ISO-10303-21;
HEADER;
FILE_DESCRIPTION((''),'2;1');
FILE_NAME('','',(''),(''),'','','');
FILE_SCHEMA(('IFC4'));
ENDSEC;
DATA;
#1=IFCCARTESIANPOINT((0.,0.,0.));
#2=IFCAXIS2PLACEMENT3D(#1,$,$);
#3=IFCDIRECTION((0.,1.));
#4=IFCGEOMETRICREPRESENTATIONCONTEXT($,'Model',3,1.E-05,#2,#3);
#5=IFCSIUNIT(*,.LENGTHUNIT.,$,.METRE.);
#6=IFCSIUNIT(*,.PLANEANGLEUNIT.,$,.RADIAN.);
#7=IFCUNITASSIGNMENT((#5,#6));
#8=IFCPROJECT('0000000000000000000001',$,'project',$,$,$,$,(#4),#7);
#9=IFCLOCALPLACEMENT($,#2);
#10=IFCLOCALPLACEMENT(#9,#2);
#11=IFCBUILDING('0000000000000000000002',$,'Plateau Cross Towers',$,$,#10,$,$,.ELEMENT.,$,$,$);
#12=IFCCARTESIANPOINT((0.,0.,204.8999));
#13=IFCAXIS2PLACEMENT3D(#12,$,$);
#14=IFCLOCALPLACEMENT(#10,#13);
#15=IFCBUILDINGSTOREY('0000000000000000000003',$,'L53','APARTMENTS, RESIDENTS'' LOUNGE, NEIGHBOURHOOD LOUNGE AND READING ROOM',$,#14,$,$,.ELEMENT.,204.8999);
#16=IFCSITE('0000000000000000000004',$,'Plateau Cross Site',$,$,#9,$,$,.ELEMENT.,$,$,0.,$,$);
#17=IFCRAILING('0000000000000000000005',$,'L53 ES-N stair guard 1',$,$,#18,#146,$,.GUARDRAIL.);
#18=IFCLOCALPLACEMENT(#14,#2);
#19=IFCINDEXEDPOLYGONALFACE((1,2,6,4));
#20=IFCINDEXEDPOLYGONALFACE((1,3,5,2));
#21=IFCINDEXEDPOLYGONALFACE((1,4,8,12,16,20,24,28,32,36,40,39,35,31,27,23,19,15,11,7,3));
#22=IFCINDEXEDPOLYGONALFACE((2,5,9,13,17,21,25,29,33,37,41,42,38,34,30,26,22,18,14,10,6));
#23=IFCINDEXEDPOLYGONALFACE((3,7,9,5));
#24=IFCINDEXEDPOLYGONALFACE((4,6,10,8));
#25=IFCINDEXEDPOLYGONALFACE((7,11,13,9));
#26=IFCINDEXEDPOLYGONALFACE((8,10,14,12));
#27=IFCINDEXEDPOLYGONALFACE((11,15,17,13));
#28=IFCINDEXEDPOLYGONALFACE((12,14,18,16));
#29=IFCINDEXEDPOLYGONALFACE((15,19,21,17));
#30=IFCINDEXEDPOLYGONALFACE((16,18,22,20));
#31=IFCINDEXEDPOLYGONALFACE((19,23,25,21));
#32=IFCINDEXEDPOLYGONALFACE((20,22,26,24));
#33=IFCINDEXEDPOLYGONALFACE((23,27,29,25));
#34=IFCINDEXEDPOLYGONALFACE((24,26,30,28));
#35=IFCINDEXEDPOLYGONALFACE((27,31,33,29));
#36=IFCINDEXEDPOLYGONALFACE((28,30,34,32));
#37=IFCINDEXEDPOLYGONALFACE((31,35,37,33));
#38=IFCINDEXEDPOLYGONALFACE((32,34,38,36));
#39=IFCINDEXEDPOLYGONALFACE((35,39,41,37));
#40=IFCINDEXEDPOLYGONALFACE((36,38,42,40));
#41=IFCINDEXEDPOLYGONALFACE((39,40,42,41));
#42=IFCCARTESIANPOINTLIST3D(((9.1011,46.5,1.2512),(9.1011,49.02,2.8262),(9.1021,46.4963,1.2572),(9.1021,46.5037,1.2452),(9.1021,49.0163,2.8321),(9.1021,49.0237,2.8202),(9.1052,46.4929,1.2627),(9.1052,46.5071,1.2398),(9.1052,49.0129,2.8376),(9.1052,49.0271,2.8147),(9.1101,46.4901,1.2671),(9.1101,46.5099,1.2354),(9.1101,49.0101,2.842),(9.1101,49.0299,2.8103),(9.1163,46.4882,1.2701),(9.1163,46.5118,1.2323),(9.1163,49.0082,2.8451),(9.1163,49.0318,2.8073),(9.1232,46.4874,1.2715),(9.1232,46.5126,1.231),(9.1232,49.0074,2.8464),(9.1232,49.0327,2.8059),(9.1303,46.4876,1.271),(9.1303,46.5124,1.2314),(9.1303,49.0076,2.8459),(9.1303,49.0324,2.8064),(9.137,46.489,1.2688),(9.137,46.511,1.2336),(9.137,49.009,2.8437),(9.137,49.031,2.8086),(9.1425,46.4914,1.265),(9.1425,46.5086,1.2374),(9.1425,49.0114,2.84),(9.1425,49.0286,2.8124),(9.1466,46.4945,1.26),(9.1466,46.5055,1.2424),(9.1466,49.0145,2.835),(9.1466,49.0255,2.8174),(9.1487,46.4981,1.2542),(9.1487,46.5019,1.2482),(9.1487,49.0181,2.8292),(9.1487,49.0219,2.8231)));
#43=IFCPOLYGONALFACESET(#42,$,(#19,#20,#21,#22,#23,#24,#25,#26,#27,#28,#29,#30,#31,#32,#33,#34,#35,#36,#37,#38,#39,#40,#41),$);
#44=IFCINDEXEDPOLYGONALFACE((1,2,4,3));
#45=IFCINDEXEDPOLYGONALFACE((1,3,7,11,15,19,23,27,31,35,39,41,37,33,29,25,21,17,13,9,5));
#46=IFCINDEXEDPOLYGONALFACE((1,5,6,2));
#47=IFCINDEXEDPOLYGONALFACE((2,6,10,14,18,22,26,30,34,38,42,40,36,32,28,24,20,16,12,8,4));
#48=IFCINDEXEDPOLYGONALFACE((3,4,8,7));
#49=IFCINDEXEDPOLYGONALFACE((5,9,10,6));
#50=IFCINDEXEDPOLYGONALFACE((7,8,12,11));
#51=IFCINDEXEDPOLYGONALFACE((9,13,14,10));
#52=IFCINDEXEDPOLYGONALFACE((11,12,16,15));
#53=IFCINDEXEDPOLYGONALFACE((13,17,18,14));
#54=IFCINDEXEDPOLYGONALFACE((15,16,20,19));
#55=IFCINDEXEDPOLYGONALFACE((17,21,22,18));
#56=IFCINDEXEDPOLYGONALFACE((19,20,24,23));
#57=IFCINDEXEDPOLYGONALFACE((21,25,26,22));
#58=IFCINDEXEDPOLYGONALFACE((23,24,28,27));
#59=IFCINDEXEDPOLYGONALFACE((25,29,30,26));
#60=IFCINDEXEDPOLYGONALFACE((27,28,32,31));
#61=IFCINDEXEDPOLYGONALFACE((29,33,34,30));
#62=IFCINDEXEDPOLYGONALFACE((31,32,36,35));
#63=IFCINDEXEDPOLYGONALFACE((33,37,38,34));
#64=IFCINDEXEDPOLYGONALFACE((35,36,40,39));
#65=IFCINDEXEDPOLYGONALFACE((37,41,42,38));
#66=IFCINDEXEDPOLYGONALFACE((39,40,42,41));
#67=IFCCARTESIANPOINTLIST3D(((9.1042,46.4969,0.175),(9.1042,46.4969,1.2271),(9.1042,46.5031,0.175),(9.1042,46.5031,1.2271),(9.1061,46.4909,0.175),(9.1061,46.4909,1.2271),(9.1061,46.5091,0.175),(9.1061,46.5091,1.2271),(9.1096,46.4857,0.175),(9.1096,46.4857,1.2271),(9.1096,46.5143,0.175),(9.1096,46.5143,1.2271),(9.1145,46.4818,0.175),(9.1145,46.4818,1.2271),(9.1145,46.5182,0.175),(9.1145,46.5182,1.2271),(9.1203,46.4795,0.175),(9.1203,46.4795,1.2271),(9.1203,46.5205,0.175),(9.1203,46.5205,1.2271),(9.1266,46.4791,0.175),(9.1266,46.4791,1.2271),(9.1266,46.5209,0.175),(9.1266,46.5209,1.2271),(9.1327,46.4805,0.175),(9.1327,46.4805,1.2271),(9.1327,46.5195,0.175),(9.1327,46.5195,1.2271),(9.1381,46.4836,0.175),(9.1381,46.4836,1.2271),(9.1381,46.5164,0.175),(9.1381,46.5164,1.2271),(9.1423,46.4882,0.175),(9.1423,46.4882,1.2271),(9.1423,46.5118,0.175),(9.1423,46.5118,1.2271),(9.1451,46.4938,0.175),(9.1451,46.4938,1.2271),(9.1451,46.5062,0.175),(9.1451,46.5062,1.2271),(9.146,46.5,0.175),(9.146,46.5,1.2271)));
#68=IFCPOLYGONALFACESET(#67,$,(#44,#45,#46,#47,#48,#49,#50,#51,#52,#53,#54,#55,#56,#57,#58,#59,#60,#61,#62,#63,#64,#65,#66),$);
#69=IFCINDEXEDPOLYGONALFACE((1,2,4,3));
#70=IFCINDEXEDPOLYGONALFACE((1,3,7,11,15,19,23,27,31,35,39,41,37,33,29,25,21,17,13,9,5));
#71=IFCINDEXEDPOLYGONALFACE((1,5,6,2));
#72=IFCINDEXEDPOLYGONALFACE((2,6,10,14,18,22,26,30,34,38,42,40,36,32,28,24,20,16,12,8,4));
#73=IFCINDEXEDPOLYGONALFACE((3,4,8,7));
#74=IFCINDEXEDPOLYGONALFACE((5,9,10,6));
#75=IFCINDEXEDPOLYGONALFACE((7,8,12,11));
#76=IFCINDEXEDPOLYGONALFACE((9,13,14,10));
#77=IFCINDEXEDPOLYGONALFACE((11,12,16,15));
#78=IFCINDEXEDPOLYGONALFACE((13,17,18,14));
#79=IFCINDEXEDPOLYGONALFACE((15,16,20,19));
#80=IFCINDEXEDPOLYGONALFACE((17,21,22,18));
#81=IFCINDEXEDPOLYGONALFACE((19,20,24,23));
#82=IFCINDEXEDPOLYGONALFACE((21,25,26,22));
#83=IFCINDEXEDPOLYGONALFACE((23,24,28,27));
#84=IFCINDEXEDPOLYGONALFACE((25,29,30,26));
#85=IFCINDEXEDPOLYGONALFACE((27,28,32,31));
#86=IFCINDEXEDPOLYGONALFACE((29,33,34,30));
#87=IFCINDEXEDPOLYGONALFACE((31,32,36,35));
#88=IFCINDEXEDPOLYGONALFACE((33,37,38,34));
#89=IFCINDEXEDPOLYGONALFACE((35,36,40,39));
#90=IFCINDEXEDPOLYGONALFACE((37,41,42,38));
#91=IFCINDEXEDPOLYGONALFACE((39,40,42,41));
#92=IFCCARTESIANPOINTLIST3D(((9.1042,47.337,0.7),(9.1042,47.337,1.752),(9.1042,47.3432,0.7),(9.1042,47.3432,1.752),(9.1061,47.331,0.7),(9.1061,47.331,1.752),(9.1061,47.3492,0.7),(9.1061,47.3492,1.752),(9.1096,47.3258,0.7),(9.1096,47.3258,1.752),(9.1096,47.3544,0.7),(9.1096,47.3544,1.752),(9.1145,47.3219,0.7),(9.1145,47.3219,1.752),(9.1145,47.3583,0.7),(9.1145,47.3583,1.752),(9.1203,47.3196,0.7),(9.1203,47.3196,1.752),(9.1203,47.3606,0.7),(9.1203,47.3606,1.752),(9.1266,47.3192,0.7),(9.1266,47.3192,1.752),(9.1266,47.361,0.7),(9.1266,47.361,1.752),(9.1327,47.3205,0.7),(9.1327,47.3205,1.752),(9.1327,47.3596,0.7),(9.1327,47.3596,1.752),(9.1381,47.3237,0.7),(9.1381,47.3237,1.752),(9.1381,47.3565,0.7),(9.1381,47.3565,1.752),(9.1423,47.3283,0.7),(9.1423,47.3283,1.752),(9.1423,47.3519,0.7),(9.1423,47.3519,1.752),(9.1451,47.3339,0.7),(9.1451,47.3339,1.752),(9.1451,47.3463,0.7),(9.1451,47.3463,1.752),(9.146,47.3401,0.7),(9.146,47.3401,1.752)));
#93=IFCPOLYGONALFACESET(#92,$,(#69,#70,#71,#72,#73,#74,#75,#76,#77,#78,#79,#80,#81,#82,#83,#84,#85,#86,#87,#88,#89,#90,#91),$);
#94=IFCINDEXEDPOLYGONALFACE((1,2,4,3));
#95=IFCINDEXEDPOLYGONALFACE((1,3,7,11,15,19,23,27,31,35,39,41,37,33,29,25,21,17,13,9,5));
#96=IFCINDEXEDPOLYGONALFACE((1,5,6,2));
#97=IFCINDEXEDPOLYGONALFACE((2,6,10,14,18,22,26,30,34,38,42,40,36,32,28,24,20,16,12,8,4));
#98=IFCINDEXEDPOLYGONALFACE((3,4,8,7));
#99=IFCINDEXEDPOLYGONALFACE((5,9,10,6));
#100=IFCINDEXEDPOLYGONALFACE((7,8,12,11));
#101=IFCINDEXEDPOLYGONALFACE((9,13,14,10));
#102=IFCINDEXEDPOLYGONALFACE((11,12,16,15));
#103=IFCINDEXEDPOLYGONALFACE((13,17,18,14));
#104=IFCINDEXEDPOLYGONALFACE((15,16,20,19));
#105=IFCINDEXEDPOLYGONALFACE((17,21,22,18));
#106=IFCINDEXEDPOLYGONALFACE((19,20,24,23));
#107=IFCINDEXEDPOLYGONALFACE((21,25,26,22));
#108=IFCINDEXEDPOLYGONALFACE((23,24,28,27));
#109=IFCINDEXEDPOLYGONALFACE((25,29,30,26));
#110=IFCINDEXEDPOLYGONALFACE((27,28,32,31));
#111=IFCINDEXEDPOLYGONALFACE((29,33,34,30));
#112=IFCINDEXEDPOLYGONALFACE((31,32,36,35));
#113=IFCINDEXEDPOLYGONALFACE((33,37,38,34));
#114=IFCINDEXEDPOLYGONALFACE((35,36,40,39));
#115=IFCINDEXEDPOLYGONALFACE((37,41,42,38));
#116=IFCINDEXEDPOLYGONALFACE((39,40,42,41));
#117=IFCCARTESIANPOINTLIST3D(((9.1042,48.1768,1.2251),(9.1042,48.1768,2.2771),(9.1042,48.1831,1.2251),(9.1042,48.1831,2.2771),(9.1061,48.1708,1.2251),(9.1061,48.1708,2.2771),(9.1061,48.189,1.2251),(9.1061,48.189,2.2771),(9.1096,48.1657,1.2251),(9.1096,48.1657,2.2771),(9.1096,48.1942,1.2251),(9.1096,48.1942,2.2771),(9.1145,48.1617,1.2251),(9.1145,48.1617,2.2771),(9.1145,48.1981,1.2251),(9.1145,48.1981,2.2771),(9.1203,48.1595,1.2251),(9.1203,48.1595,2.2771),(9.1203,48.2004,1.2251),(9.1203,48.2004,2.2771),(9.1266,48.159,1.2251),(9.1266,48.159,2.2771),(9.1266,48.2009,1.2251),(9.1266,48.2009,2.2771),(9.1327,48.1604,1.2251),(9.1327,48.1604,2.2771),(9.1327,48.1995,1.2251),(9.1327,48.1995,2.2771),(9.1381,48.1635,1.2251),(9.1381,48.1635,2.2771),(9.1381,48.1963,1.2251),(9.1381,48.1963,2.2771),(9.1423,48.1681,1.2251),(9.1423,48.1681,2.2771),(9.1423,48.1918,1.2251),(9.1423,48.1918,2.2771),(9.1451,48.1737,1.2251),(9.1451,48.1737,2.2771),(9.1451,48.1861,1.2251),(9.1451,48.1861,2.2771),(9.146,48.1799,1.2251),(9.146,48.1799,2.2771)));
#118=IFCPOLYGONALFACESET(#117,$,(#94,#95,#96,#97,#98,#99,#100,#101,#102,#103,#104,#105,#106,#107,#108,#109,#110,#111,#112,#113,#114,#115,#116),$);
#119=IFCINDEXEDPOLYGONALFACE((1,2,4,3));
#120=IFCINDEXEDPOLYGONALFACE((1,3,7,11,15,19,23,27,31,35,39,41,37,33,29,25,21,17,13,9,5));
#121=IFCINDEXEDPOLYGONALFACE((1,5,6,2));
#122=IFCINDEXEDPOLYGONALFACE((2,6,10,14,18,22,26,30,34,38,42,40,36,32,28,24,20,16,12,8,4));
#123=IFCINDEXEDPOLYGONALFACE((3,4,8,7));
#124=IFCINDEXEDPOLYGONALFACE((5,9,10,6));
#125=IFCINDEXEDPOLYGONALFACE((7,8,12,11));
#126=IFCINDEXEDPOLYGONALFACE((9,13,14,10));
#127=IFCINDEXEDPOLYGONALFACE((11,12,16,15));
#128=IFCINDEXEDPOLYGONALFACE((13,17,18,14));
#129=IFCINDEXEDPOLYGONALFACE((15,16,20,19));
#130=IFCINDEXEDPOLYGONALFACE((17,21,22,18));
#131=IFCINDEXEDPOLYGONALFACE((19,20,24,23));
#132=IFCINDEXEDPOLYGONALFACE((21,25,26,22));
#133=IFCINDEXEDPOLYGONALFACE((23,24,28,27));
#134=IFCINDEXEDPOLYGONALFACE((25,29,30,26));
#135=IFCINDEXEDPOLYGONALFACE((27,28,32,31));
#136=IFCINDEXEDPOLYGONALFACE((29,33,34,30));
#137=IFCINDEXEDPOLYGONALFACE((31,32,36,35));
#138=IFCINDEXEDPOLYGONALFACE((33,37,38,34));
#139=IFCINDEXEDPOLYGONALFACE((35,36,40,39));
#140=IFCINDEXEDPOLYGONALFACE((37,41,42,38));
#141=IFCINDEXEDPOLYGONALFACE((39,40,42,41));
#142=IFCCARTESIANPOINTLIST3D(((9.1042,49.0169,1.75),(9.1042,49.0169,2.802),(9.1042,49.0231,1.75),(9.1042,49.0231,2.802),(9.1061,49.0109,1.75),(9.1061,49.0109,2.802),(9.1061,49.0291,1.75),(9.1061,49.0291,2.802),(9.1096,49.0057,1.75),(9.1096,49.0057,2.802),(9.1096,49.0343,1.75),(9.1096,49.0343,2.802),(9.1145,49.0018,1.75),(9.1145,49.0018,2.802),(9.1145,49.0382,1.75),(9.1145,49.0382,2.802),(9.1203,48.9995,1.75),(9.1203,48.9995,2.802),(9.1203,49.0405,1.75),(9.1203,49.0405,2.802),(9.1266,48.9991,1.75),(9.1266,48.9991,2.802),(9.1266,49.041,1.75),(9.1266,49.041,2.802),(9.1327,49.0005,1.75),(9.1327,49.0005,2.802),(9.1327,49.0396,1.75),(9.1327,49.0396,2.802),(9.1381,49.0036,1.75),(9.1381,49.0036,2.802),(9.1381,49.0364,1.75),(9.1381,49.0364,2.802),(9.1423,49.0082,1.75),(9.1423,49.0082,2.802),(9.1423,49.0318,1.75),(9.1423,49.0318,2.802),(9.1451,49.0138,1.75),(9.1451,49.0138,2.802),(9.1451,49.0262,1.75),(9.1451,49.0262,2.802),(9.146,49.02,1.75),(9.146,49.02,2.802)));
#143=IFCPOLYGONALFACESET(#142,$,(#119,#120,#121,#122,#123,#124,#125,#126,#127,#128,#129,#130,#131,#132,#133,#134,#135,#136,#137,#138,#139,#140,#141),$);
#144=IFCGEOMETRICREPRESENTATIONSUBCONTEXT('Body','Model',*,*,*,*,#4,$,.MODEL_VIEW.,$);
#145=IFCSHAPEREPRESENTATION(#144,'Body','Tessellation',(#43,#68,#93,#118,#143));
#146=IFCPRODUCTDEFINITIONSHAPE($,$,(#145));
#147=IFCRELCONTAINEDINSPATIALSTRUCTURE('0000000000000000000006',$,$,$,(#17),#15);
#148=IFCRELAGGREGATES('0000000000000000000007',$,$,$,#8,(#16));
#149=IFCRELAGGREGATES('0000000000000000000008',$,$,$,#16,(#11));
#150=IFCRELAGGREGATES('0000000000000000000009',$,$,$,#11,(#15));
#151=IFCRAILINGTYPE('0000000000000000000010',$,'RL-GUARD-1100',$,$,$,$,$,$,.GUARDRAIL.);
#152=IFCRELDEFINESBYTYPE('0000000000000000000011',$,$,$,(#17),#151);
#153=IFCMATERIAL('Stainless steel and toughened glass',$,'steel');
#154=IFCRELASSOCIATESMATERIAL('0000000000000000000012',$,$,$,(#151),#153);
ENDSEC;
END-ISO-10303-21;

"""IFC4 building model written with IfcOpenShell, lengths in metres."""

from ifc_helpers import new_model, si_unit, direction, frame, origin, origin_2d, place, context, subcontext, project, spatial, circle, extrude, material, type_object, element, save


model = new_model("IFC4")

# Units and contexts
model_context = context("Model", 3, precision=1e-05, world=origin(), true_north=direction((0.0, 1.0)))
body_context = subcontext(model_context, "Body", "Model", "MODEL_VIEW")
ifc_project = project(units=[si_unit("LENGTHUNIT", "METRE"), si_unit("PLANEANGLEUNIT", "RADIAN")], contexts=[model_context])

# Site, building, storey
site_placement = place(None, origin())
site = spatial("IfcSite", under=ifc_project, at=site_placement, Name="Plateau Cross Site", CompositionType="ELEMENT", RefElevation=0.0)
building_placement = place(site_placement, origin())
building = spatial("IfcBuilding", under=site, at=building_placement, Name="Plateau Cross Towers", CompositionType="ELEMENT")
storey_placement = place(building_placement, frame((0.0, 0.0, 204.8999)))
storey = spatial("IfcBuildingStorey", under=building, at=storey_placement, Name="L53", Description="APARTMENTS, RESIDENTS' LOUNGE, NEIGHBOURHOOD LOUNGE AND READING ROOM", CompositionType="ELEMENT", Elevation=204.8999)

# Railing
ifc_material_1 = material(Name="Stainless steel and toughened glass", Category="steel")
railing_type_1 = type_object("IfcRailingType", Name="RL-GUARD-1100", PredefinedType="GUARDRAIL", material=ifc_material_1)
railing_1_placement = place(storey_placement, frame((9.125, 46.5, 0.175)))
element("IfcRailing", 1, at=railing_1_placement, inside=storey, type_object=railing_type_1, Name="L53 ES-N stair guard 1", PredefinedType="GUARDRAIL", context=body_context, shape_type="SweptSolid", body=[
    extrude(circle(Radius=0.0239, at=origin_2d()), frame((0.0, 0.0, 1.0762), z_axis=(0.0, 0.848008, 0.529984), x_axis=(-1.0, 0.0, 0.0)), (0.0, 0.0, 1.0), 2.9717),
    extrude(circle(Radius=0.021, at=origin_2d()), origin(), (0.0, 0.0, 1.0), 1.052),
    extrude(circle(Radius=0.021, at=origin_2d()), frame((0.0, 0.8401, 0.5249)), (0.0, 0.0, 1.0), 1.052),
    extrude(circle(Radius=0.021, at=origin_2d()), frame((0.0, 1.6799, 1.05)), (0.0, 0.0, 1.0), 1.052),
    extrude(circle(Radius=0.021, at=origin_2d()), frame((0.0, 2.52, 1.575)), (0.0, 0.0, 1.0), 1.052),
])

save(model, "model.ifc")
